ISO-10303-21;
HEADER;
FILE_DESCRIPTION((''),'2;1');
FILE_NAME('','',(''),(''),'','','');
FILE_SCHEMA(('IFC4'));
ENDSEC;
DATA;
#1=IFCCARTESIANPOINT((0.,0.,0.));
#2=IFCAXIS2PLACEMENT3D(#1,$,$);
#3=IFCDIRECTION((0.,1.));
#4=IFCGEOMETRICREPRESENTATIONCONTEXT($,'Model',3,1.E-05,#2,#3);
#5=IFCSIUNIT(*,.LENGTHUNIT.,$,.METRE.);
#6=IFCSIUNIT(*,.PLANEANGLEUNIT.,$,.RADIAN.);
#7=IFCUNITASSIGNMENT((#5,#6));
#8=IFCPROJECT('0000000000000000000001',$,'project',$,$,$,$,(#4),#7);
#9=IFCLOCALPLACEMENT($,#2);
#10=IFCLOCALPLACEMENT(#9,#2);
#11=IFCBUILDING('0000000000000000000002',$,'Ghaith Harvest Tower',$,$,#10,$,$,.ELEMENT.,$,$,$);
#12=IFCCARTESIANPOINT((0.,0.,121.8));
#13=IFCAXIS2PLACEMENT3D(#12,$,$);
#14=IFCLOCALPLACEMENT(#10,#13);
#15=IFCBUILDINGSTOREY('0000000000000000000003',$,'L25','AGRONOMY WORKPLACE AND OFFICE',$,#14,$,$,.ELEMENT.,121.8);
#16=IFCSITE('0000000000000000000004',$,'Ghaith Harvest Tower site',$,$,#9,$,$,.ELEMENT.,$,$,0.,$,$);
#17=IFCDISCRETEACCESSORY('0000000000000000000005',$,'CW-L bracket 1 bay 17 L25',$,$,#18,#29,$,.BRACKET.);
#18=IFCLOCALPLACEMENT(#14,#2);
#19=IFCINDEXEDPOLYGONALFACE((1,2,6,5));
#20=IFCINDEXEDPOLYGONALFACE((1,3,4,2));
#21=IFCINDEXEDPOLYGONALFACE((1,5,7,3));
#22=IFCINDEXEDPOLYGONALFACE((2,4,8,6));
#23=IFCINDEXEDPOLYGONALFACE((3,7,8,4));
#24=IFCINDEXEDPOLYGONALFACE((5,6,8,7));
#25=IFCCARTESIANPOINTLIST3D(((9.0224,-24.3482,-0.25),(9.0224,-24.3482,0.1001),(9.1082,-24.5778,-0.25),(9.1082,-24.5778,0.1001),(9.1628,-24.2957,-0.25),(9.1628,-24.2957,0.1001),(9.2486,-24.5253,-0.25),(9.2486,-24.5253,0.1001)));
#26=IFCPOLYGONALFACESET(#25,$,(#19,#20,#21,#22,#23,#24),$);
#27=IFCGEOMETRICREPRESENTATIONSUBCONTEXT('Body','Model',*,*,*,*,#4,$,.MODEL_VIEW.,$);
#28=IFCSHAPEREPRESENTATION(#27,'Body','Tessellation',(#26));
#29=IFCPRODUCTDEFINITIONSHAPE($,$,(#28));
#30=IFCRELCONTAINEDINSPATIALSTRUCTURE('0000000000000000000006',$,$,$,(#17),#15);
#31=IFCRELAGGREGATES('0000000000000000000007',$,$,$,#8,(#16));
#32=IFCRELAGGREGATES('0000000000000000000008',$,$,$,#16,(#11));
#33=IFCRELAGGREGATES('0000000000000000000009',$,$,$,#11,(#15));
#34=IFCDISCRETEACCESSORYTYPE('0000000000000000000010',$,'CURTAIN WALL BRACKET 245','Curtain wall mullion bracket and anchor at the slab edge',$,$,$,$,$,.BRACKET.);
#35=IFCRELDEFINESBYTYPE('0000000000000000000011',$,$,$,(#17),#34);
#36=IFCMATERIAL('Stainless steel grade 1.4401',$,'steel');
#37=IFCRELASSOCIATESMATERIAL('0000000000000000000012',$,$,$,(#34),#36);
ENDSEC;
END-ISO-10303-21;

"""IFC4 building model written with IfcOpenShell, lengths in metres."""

from ifc_helpers import new_model, si_unit, direction, frame, origin, origin_2d, place, context, subcontext, project, spatial, rectangle, extrude, material, type_object, element, save


model = new_model("IFC4")

# Units and contexts
model_context = context("Model", 3, precision=1e-05, world=origin(), true_north=direction((0.0, 1.0)))
body_context = subcontext(model_context, "Body", "Model", "MODEL_VIEW")
ifc_project = project(units=[si_unit("LENGTHUNIT", "METRE"), si_unit("PLANEANGLEUNIT", "RADIAN")], contexts=[model_context])

# Site, building, storey
site_placement = place(None, origin())
site = spatial("IfcSite", under=ifc_project, at=site_placement, Name="Ghaith Harvest Tower site", CompositionType="ELEMENT", RefElevation=0.0)
building_placement = place(site_placement, origin())
building = spatial("IfcBuilding", under=site, at=building_placement, Name="Ghaith Harvest Tower", CompositionType="ELEMENT")
storey_placement = place(building_placement, frame((0.0, 0.0, 121.8)))
storey = spatial("IfcBuildingStorey", under=building, at=storey_placement, Name="L25", Description="AGRONOMY WORKPLACE AND OFFICE", CompositionType="ELEMENT", Elevation=121.8)

# Discrete accessory
ifc_material_1 = material(Name="Stainless steel grade 1.4401", Category="steel")
discrete_accessory_type = type_object("IfcDiscreteAccessoryType", Name="CURTAIN WALL BRACKET 245", Description="Curtain wall mullion bracket and anchor at the slab edge", PredefinedType="BRACKET", material=ifc_material_1)
discrete_accessory_placement = place(storey_placement, frame((9.1355, -24.4368, -0.25), z_axis=(0.0, 0.0, 1.0), x_axis=(0.350168, -0.936687, 0.0)))
element("IfcDiscreteAccessory", 1, at=discrete_accessory_placement, inside=storey, type_object=discrete_accessory_type, Name="CW-L bracket 1 bay 17 L25", PredefinedType="BRACKET", context=body_context, shape_type="SweptSolid", body=[
    extrude(rectangle(XDim=0.2451, YDim=0.1499, at=origin_2d()), origin(), (0.0, 0.0, 1.0), 0.3501),
])

save(model, "model.ifc")
